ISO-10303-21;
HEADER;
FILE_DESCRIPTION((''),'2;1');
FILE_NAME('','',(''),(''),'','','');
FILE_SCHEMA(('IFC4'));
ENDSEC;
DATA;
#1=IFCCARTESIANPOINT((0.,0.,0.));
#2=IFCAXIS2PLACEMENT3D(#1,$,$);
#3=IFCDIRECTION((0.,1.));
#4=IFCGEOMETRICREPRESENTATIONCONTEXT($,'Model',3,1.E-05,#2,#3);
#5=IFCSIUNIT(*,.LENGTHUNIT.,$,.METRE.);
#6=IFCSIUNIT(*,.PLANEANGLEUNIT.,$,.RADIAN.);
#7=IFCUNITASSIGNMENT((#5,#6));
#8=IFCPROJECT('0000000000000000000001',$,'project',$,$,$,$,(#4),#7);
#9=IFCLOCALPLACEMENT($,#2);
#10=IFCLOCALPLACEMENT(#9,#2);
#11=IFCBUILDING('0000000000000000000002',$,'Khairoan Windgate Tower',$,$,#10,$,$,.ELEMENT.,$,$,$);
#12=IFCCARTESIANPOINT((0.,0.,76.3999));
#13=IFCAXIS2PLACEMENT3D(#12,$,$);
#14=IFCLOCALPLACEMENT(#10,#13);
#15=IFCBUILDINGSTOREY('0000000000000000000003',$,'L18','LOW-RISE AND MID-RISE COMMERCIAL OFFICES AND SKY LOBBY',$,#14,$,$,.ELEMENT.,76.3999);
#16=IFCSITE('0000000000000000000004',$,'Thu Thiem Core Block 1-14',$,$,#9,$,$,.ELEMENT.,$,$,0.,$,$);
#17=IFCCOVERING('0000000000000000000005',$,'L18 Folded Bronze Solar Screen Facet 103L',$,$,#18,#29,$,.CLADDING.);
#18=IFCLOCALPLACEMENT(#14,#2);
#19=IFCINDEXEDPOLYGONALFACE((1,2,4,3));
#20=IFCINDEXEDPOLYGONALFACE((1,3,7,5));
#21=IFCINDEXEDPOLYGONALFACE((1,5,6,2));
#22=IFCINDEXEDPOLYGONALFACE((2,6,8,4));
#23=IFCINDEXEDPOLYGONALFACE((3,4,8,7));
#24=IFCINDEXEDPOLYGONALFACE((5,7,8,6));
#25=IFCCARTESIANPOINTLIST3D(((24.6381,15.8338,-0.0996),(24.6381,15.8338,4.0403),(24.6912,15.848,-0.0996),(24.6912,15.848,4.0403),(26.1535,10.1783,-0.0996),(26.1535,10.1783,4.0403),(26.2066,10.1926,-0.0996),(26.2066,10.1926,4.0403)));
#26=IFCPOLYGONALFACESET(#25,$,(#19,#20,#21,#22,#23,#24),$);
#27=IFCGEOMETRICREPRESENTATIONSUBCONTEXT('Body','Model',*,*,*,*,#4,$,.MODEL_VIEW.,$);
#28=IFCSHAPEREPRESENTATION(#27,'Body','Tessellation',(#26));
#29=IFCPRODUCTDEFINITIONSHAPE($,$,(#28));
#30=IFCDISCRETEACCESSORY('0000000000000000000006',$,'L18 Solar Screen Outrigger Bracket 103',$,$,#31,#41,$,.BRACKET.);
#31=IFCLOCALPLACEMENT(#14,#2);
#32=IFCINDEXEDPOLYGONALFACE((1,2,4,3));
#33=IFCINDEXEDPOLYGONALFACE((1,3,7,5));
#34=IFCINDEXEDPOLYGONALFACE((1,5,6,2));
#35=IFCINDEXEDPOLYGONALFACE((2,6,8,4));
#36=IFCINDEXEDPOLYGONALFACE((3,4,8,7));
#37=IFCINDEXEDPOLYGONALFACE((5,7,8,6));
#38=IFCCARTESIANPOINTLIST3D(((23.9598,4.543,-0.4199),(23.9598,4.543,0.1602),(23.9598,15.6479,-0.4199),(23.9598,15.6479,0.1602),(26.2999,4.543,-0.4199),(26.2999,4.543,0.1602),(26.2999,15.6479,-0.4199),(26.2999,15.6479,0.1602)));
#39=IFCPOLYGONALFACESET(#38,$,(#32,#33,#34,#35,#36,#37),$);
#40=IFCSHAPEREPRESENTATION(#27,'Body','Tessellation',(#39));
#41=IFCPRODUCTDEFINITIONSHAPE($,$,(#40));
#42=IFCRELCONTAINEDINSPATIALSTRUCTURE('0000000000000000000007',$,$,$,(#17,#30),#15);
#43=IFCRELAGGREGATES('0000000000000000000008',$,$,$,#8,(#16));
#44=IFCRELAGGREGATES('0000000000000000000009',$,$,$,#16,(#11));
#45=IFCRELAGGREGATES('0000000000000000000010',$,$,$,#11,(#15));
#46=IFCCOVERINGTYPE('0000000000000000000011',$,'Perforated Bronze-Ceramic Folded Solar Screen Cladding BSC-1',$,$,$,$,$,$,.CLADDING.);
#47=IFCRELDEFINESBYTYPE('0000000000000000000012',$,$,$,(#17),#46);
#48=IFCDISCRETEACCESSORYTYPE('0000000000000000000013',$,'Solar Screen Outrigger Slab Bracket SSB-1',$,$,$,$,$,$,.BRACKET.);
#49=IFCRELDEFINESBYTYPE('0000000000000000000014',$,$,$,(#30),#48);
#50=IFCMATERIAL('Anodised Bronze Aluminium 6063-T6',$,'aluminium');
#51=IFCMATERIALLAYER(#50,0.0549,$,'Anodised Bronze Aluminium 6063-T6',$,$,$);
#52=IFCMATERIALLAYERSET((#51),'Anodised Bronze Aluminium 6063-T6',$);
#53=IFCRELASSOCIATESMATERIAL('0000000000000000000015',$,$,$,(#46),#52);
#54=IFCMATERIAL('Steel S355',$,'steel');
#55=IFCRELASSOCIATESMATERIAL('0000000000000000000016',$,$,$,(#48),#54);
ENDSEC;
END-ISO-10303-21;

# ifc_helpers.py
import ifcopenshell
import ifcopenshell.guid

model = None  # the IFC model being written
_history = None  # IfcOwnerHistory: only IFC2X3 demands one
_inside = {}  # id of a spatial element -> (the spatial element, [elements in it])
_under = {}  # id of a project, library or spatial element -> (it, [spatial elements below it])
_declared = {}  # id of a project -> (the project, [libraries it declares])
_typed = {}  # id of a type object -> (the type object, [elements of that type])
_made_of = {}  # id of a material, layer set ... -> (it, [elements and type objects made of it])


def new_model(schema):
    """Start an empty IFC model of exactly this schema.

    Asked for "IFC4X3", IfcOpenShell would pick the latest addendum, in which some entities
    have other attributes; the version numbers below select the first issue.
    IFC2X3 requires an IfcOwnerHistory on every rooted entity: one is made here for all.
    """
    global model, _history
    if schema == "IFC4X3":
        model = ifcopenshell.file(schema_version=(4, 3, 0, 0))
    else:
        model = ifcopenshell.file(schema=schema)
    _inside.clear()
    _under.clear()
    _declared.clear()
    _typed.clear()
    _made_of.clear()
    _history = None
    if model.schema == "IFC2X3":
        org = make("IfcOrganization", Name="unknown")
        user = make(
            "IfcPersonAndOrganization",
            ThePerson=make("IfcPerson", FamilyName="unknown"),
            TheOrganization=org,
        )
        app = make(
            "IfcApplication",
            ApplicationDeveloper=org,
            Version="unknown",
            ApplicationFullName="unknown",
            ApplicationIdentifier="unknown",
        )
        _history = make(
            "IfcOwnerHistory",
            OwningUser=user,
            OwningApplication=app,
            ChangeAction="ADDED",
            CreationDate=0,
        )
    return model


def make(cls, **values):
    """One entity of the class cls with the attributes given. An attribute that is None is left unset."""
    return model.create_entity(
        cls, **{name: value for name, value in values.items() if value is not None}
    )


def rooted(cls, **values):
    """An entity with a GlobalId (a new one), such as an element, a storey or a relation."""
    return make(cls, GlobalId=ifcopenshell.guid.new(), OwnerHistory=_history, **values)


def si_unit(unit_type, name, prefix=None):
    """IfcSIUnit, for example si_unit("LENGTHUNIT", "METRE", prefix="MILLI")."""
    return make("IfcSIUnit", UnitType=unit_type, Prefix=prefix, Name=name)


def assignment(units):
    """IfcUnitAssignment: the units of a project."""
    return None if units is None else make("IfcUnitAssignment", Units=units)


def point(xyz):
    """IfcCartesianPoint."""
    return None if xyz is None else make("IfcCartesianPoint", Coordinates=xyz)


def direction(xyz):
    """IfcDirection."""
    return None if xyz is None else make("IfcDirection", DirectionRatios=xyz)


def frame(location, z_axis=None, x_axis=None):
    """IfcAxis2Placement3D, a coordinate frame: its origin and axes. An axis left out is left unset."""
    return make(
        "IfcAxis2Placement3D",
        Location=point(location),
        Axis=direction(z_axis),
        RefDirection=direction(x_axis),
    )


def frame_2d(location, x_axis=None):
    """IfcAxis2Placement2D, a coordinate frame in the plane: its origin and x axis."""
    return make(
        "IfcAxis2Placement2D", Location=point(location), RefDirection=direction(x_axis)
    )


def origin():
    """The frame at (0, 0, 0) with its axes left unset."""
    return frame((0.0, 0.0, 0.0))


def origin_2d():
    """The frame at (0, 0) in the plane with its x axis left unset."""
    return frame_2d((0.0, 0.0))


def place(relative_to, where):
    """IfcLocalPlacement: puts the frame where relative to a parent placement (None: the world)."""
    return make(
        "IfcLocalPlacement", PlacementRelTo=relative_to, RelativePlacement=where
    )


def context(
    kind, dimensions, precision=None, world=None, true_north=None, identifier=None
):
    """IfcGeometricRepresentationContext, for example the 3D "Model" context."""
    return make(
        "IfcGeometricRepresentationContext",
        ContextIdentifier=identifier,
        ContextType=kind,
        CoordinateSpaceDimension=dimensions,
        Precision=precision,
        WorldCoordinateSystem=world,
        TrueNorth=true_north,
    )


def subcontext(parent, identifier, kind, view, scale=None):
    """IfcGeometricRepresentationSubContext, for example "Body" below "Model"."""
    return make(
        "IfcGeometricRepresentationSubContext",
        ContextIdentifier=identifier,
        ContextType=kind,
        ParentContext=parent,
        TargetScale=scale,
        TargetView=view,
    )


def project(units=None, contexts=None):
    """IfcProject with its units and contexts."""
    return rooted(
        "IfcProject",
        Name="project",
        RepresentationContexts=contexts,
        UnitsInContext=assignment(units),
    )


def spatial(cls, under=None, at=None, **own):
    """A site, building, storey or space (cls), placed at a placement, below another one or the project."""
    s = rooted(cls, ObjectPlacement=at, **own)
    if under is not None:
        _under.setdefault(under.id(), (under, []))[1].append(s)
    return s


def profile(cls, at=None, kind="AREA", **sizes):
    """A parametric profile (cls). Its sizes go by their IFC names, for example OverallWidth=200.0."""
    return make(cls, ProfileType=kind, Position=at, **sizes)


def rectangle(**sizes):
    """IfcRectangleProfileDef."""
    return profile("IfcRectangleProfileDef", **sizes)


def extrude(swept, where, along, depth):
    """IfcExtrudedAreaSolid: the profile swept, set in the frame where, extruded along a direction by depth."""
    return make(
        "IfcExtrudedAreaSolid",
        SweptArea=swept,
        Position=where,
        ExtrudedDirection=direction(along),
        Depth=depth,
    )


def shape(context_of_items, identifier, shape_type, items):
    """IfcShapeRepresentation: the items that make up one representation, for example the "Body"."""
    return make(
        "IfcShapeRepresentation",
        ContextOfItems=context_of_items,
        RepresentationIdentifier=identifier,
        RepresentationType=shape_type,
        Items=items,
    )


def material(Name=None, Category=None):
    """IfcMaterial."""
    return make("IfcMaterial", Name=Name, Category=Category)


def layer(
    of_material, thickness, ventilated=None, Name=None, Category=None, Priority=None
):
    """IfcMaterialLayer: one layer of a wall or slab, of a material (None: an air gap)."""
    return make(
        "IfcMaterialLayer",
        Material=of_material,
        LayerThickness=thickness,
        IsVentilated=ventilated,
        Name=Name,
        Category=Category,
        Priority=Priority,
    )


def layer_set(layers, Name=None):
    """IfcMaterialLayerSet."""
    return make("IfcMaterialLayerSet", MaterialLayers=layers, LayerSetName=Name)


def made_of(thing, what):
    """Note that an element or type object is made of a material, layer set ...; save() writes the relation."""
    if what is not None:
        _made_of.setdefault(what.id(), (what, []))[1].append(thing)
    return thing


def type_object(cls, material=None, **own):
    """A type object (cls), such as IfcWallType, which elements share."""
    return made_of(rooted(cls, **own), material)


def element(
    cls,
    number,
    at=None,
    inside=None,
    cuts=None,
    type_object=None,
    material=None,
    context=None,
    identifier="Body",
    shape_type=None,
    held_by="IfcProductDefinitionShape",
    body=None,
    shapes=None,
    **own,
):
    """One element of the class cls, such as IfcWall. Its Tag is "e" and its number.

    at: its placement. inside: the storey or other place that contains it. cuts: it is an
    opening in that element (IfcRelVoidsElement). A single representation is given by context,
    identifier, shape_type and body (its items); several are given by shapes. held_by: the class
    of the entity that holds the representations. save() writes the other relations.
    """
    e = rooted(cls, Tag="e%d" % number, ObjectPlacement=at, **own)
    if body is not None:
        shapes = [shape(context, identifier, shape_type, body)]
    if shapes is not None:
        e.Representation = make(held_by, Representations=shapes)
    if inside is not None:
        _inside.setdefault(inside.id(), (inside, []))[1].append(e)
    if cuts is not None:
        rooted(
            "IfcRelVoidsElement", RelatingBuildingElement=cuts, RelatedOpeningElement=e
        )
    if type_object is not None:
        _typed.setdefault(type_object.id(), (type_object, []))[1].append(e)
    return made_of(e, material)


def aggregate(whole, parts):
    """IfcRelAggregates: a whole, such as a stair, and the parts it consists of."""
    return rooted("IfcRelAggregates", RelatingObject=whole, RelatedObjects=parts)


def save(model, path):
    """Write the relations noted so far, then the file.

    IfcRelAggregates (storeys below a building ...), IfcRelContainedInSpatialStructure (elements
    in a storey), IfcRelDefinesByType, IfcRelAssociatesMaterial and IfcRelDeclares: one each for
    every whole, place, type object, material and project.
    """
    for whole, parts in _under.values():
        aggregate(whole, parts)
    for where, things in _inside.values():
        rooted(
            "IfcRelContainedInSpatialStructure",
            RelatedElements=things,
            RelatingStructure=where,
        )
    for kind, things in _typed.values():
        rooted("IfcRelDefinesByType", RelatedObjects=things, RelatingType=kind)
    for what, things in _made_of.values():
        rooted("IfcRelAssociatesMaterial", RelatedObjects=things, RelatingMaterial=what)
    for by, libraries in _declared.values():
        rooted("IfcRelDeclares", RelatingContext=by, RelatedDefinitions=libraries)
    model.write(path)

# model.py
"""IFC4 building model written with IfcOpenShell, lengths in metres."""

from ifc_helpers import new_model, si_unit, direction, frame, origin, origin_2d, place, context, subcontext, project, spatial, rectangle, extrude, material, layer, layer_set, type_object, element, save


model = new_model("IFC4")

# Units and contexts
model_context = context("Model", 3, precision=1e-05, world=origin(), true_north=direction((0.0, 1.0)))
body_context = subcontext(model_context, "Body", "Model", "MODEL_VIEW")
ifc_project = project(units=[si_unit("LENGTHUNIT", "METRE"), si_unit("PLANEANGLEUNIT", "RADIAN")], contexts=[model_context])

# Site, building, storey
site_placement = place(None, origin())
site = spatial("IfcSite", under=ifc_project, at=site_placement, Name="Thu Thiem Core Block 1-14", CompositionType="ELEMENT", RefElevation=0.0)
building_placement = place(site_placement, origin())
building = spatial("IfcBuilding", under=site, at=building_placement, Name="Khairoan Windgate Tower", CompositionType="ELEMENT")
storey_placement = place(building_placement, frame((0.0, 0.0, 76.3999)))
storey = spatial("IfcBuildingStorey", under=building, at=storey_placement, Name="L18", Description="LOW-RISE AND MID-RISE COMMERCIAL OFFICES AND SKY LOBBY", CompositionType="ELEMENT", Elevation=76.3999)

# Covering
ifc_material_1 = material(Name="Anodised Bronze Aluminium 6063-T6", Category="aluminium")
ifc_layer_1 = layer(ifc_material_1, 0.0549, Name="Anodised Bronze Aluminium 6063-T6")
ifc_layer_set_1 = layer_set([ifc_layer_1], Name="Anodised Bronze Aluminium 6063-T6")
covering_type = type_object("IfcCoveringType", Name="Perforated Bronze-Ceramic Folded Solar Screen Cladding BSC-1", PredefinedType="CLADDING", material=ifc_layer_set_1)
covering_placement = place(storey_placement, frame((25.4224, 13.0132, -0.0996), z_axis=(0.0, 0.0, 1.0), x_axis=(0.258819, -0.965926, 0.0)))
element("IfcCovering", 1, at=covering_placement, inside=storey, type_object=covering_type, Name="L18 Folded Bronze Solar Screen Facet 103L", PredefinedType="CLADDING", context=body_context, shape_type="SweptSolid", body=[
    extrude(rectangle(XDim=5.855, YDim=0.0549, at=origin_2d()), origin(), (0.0, 0.0, 1.0), 4.1399),
])

# Discrete accessory
ifc_material_2 = material(Name="Steel S355", Category="steel")
discrete_accessory_type = type_object("IfcDiscreteAccessoryType", Name="Solar Screen Outrigger Slab Bracket SSB-1", PredefinedType="BRACKET", material=ifc_material_2)
discrete_accessory_placement = place(storey_placement, frame((25.1299, 10.0955, -0.4199), z_axis=(0.0, 0.0, 1.0), x_axis=(0.0, -1.0, 0.0)))
element("IfcDiscreteAccessory", 2, at=discrete_accessory_placement, inside=storey, type_object=discrete_accessory_type, Name="L18 Solar Screen Outrigger Bracket 103", PredefinedType="BRACKET", context=body_context, shape_type="SweptSolid", body=[
    extrude(rectangle(XDim=11.105, YDim=2.3401, at=origin_2d()), origin(), (0.0, 0.0, 1.0), 0.5801),
])

save(model, "model.ifc")
